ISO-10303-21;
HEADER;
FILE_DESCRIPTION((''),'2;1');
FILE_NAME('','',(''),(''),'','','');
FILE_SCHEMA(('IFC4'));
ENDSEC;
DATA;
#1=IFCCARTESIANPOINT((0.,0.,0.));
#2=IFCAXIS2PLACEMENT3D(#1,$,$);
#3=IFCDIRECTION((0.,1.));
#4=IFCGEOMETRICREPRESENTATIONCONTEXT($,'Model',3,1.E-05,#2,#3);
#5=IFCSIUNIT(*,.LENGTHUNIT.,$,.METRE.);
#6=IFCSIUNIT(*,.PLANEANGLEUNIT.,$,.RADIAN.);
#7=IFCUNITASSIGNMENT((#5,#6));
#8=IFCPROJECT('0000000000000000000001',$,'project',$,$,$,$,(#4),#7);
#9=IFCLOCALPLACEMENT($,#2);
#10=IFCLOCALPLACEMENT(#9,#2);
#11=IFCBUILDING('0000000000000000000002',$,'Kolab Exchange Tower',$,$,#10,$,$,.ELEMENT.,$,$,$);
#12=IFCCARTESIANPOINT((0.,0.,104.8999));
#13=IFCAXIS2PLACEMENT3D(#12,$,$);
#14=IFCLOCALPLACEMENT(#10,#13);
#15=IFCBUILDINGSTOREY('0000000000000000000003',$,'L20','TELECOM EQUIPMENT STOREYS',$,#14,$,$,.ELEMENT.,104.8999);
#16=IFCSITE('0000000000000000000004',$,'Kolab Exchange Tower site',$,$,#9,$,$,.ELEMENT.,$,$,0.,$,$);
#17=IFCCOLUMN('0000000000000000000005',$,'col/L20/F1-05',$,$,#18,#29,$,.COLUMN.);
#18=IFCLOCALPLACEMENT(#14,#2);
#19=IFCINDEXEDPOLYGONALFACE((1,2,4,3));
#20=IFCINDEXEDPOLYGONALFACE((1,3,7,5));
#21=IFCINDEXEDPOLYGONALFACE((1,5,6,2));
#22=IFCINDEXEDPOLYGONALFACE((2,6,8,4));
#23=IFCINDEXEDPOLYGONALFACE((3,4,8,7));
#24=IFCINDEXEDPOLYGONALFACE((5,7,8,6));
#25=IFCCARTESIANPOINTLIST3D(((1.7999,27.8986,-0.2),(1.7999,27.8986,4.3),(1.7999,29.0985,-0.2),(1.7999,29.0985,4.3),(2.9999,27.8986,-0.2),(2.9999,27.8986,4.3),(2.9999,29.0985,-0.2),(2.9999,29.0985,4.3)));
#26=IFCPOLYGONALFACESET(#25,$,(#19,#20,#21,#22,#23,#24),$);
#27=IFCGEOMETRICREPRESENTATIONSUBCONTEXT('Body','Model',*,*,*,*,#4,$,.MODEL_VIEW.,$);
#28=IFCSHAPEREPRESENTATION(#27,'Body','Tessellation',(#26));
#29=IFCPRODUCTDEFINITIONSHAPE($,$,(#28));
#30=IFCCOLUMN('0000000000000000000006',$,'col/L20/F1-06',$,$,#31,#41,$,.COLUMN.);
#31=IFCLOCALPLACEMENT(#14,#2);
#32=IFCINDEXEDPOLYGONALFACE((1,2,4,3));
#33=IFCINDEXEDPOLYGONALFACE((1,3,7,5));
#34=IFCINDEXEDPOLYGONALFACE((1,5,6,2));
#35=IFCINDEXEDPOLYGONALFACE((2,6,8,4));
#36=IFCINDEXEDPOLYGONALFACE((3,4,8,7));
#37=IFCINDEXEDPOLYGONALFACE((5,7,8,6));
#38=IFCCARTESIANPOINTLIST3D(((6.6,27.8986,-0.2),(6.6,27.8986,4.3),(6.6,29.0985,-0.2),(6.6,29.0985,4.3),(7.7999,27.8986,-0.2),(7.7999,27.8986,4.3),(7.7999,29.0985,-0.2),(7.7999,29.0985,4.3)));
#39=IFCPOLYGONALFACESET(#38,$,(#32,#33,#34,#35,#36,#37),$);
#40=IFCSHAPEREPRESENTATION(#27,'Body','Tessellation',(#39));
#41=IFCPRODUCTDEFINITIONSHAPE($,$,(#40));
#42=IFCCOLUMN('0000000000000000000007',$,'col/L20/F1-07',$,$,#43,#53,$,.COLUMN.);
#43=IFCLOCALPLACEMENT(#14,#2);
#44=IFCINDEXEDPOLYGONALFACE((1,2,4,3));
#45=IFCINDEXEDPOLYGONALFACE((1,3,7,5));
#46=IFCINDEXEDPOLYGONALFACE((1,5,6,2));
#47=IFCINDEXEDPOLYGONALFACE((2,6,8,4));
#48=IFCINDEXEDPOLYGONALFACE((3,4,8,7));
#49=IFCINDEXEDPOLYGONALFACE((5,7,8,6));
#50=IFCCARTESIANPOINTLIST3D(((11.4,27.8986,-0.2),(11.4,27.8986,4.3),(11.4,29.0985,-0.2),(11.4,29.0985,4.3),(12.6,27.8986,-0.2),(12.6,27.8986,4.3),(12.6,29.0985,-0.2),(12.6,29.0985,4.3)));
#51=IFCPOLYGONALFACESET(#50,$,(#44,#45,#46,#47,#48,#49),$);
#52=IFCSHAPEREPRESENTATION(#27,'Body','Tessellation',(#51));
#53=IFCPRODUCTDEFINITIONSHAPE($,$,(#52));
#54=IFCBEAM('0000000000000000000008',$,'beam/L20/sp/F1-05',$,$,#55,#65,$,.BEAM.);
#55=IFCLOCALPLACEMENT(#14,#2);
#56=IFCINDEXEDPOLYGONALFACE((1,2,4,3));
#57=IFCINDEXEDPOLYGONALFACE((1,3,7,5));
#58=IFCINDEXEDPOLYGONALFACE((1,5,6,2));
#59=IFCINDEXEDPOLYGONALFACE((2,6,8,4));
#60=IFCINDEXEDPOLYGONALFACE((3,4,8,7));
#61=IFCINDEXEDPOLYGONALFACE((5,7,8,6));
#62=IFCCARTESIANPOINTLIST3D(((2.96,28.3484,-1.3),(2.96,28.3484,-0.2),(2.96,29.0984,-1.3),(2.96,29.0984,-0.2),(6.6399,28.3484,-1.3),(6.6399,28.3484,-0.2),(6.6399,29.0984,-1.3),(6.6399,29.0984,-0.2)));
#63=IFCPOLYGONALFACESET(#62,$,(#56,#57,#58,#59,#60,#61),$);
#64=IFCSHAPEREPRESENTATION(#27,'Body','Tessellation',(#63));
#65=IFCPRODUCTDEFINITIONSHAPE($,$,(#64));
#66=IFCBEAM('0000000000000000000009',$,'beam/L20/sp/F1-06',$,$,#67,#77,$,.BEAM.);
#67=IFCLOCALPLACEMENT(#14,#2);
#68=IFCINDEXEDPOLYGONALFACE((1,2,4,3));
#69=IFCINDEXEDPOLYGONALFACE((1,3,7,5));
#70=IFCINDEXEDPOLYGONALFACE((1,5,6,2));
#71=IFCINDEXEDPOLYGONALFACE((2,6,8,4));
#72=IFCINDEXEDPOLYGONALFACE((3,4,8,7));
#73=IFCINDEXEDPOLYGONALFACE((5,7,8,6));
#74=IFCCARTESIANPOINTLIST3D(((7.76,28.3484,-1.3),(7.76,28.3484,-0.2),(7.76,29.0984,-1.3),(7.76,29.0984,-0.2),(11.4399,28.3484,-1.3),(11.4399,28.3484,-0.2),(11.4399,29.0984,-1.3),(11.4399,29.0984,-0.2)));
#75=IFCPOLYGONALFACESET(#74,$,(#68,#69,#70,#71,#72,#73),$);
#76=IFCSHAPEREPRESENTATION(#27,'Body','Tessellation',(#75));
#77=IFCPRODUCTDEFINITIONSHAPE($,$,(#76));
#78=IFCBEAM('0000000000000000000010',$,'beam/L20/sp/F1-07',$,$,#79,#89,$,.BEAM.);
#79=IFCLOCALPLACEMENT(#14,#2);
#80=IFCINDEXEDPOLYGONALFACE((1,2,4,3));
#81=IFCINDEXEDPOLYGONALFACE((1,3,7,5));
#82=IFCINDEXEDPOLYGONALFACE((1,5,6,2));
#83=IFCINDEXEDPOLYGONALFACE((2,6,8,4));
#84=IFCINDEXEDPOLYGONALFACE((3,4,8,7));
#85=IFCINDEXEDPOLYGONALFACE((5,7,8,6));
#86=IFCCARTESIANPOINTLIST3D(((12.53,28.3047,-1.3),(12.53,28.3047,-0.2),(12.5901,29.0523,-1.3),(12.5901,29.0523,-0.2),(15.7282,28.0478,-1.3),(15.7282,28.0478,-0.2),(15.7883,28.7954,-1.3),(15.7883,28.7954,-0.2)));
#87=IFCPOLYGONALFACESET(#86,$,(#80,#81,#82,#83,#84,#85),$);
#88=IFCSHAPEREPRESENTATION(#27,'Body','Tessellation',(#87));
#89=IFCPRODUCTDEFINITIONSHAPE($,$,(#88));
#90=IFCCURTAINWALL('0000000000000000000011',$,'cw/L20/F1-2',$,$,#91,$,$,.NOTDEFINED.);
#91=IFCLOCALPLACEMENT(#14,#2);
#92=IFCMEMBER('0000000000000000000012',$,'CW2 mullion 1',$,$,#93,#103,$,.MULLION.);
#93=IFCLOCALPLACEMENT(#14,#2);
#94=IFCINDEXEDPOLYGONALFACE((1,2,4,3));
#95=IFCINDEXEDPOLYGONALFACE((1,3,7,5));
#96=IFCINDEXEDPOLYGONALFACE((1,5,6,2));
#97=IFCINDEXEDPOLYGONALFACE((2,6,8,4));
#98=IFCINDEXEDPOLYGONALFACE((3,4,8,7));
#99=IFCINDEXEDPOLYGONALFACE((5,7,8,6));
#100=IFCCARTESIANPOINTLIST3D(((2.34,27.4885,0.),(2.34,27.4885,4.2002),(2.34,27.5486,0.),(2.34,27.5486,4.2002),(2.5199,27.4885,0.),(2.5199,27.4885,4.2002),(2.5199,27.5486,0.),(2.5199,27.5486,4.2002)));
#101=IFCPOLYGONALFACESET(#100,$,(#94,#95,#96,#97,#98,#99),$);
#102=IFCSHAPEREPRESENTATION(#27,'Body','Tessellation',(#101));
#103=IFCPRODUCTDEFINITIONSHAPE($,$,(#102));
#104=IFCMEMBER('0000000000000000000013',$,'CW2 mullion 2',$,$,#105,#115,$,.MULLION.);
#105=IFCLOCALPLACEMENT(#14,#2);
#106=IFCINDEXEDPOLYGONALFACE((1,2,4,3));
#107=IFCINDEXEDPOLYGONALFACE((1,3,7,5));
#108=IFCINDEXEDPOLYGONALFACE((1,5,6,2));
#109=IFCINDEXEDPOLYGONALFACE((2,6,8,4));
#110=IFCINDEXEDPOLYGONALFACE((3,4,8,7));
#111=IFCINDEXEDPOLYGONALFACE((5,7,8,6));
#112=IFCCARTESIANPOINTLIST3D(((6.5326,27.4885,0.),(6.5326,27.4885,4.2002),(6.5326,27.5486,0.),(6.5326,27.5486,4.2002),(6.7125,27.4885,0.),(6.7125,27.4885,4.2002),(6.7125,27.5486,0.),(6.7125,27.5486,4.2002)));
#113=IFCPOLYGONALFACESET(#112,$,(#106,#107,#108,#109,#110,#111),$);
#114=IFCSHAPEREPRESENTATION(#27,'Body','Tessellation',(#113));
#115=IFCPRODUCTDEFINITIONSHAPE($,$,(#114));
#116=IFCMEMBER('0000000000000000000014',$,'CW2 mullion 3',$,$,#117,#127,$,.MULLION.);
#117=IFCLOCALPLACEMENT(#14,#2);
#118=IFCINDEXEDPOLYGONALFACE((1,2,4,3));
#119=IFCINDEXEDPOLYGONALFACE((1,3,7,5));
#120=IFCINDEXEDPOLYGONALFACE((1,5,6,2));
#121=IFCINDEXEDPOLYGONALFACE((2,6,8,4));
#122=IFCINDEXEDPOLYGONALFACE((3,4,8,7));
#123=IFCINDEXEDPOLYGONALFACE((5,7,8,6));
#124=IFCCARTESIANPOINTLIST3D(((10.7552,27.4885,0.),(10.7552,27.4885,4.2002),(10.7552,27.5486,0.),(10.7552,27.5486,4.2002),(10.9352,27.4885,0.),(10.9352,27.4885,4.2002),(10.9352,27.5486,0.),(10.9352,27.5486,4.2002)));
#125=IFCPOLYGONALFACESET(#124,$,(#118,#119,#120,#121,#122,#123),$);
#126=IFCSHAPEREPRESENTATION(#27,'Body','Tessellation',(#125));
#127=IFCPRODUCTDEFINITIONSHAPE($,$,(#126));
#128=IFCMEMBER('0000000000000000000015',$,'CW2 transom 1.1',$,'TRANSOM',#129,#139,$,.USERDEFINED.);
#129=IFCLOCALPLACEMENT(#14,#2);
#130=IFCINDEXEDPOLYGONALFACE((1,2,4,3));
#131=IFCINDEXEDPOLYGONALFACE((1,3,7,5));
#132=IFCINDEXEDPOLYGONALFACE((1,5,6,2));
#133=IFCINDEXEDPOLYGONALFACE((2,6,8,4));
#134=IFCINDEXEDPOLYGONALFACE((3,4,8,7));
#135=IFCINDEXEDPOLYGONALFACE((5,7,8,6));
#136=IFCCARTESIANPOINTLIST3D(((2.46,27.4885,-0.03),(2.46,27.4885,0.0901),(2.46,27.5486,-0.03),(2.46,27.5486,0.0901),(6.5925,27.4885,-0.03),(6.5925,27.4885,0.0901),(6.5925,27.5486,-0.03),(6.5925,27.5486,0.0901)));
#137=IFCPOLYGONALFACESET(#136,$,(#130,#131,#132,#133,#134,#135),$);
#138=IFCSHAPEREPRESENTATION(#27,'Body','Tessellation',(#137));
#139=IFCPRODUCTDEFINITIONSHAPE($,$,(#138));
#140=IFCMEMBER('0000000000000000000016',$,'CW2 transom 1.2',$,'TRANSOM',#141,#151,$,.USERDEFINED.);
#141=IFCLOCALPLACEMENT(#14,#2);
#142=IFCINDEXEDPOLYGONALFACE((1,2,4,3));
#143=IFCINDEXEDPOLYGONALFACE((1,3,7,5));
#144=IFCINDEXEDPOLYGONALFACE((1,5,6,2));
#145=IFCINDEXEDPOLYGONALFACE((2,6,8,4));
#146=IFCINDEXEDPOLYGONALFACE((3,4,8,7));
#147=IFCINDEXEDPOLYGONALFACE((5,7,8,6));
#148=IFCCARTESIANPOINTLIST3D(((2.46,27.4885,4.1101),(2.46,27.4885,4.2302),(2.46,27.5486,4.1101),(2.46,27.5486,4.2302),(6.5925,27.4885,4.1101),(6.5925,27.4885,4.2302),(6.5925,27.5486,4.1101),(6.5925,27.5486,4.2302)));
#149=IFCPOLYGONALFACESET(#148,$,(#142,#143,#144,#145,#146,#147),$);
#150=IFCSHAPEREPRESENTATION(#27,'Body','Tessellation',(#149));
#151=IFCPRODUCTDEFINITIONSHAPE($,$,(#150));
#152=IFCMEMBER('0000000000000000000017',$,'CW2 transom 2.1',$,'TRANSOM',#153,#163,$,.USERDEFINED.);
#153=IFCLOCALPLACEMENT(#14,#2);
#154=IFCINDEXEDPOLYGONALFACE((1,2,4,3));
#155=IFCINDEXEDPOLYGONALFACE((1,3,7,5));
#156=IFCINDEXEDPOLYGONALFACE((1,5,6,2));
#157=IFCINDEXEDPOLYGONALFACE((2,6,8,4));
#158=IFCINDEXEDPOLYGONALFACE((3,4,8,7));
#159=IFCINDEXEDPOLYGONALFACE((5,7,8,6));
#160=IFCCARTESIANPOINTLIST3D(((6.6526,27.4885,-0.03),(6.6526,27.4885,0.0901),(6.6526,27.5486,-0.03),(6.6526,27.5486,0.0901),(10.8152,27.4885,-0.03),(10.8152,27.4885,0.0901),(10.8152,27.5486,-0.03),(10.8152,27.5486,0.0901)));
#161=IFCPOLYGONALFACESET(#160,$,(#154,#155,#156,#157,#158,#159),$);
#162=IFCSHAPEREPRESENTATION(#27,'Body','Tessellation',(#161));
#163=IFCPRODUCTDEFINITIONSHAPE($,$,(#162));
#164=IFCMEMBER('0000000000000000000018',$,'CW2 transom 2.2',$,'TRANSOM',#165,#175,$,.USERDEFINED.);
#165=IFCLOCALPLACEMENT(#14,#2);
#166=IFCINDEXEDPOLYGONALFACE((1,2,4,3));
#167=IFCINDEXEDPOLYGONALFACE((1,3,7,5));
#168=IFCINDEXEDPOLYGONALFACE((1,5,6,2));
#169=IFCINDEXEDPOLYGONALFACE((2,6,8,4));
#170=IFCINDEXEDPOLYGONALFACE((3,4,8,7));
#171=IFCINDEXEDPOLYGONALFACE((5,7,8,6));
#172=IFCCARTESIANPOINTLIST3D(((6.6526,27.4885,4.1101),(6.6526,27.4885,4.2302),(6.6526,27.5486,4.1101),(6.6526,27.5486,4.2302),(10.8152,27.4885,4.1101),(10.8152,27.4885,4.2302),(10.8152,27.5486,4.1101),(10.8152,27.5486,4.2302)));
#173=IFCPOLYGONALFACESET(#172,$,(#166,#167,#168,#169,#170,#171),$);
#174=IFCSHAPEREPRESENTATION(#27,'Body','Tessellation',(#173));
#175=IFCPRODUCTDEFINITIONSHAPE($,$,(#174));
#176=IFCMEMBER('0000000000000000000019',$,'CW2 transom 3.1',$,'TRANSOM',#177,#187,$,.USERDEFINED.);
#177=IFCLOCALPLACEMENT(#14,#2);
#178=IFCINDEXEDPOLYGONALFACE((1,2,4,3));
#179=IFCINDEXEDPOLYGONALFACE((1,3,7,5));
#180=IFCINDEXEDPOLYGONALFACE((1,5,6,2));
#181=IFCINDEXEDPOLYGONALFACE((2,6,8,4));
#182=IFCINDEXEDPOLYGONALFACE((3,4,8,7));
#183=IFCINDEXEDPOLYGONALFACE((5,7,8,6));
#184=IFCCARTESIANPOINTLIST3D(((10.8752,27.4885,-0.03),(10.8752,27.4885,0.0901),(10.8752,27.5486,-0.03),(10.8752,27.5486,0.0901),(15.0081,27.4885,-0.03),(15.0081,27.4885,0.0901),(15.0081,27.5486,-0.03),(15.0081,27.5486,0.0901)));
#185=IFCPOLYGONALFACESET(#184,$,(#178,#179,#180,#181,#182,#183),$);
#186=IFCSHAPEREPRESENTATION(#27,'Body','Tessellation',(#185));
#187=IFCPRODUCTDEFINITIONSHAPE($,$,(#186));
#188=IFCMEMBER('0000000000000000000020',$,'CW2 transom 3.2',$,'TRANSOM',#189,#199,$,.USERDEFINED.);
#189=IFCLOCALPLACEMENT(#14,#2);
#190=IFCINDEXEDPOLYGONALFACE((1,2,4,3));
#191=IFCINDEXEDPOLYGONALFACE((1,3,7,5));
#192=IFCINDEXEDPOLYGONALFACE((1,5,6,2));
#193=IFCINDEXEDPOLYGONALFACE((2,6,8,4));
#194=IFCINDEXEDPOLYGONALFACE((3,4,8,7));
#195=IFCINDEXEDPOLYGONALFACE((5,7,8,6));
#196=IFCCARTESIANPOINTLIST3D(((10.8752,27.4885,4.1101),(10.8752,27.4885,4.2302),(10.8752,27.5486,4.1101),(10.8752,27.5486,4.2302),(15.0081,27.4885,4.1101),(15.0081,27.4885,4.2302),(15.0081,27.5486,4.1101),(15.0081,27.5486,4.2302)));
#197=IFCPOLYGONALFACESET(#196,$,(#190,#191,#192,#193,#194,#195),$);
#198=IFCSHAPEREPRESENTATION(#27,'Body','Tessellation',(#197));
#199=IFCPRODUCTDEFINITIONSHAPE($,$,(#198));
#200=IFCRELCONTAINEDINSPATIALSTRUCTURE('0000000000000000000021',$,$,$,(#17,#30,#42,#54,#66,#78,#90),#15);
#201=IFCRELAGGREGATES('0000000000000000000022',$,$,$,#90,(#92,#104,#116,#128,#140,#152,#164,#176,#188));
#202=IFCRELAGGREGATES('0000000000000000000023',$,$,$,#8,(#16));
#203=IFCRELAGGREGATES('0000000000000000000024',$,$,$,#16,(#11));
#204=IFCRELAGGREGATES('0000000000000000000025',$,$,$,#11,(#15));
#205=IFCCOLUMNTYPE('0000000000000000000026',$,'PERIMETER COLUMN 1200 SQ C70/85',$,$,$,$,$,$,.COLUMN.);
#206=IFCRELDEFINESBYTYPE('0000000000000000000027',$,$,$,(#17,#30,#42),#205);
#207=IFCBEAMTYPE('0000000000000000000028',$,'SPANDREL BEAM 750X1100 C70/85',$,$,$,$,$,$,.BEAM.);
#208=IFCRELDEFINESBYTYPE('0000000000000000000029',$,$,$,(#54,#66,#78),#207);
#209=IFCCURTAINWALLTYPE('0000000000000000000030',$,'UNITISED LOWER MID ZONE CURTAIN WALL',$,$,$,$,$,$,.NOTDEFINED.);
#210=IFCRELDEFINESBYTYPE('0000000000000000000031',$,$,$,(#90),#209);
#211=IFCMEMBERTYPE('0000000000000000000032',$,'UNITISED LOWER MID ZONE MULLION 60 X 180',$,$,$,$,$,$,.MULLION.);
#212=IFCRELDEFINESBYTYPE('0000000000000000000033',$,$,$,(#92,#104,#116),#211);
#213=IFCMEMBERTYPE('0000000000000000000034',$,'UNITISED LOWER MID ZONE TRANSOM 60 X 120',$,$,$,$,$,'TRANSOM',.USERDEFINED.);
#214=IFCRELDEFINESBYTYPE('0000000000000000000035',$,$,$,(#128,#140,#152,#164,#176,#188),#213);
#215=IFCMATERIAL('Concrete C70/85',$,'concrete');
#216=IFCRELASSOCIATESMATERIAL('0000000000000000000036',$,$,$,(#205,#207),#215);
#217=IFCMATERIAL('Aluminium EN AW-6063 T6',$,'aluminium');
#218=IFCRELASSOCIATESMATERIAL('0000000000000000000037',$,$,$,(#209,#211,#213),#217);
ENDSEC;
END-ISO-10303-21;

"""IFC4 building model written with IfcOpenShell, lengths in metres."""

from ifc_helpers import new_model, si_unit, direction, frame, origin, origin_2d, place, context, subcontext, project, spatial, rectangle, extrude, material, material_profile, profile_set, type_object, element, aggregate, save


model = new_model("IFC4")

# Units and contexts
model_context = context("Model", 3, precision=1e-05, world=origin(), true_north=direction((0.0, 1.0)))
body_context = subcontext(model_context, "Body", "Model", "MODEL_VIEW")
ifc_project = project(units=[si_unit("LENGTHUNIT", "METRE"), si_unit("PLANEANGLEUNIT", "RADIAN")], contexts=[model_context])

# Site, building, storey
site_placement = place(None, origin())
site = spatial("IfcSite", under=ifc_project, at=site_placement, Name="Kolab Exchange Tower site", CompositionType="ELEMENT", RefElevation=0.0)
building_placement = place(site_placement, origin())
building = spatial("IfcBuilding", under=site, at=building_placement, Name="Kolab Exchange Tower", CompositionType="ELEMENT")
storey_placement = place(building_placement, frame((0.0, 0.0, 104.8999)))
storey = spatial("IfcBuildingStorey", under=building, at=storey_placement, Name="L20", Description="TELECOM EQUIPMENT STOREYS", CompositionType="ELEMENT", Elevation=104.8999)

# Columns
ifc_material_1 = material(Name="Concrete C70/85", Category="concrete")
ifc_material_profile_1 = material_profile(ifc_material_1, rectangle(XDim=1.2, YDim=1.2, at=origin_2d()), Name="RC1200")
ifc_profile_set_1 = profile_set([ifc_material_profile_1], Name="Concrete C70/85")
column_type = type_object("IfcColumnType", Name="PERIMETER COLUMN 1200 SQ C70/85", PredefinedType="COLUMN", material=ifc_profile_set_1)
for number, where, z_axis, x_axis, name in (
    (1, (2.3999, 28.4985, -0.2), (0.0, 0.0, 1.0), (1.0, 0.0, 0.0), "col/L20/F1-05"),
    (2, (7.2, 28.4985, -0.2), (0.0, 0.0, 1.0), (1.0, 0.0, 0.0), "col/L20/F1-06"),
    (3, (12.0, 28.4985, -0.2), (0.0, 0.0, 1.0), (1.0, 0.0, 0.0), "col/L20/F1-07"),
):
    element("IfcColumn", number, at=place(storey_placement, frame(where, z_axis=z_axis, x_axis=x_axis)), inside=storey, type_object=column_type, Name=name, PredefinedType="COLUMN", context=body_context, shape_type="SweptSolid", body=[
        extrude(rectangle(XDim=1.2, YDim=1.2, at=origin_2d()), origin(), (0.0, 0.0, 1.0), 4.5),
    ])

# Beams
ifc_material_profile_2 = material_profile(ifc_material_1, rectangle(XDim=0.75, YDim=1.1001, at=origin_2d()), Name="RC750X1100")
ifc_profile_set_2 = profile_set([ifc_material_profile_2], Name="Concrete C70/85")
beam_type = type_object("IfcBeamType", Name="SPANDREL BEAM 750X1100 C70/85", PredefinedType="BEAM", material=ifc_profile_set_2)
for number, where, z_axis, x_axis, name in (
    (4, (2.96, 28.7234, -0.75), (1.0, 0.0, 0.0), (0.0, 1.0, 0.0), "beam/L20/sp/F1-05"),
    (5, (7.76, 28.7234, -0.75), (1.0, 0.0, 0.0), (0.0, 1.0, 0.0), "beam/L20/sp/F1-06"),
):
    element("IfcBeam", number, at=place(storey_placement, frame(where, z_axis=z_axis, x_axis=x_axis)), inside=storey, type_object=beam_type, Name=name, PredefinedType="BEAM", context=body_context, shape_type="SweptSolid", body=[
        extrude(rectangle(XDim=0.75, YDim=1.1001, at=origin_2d()), origin(), (0.0, 0.0, 1.0), 3.6799),
    ])
beam_placement = place(storey_placement, frame((12.5601, 28.6785, -0.75), z_axis=(0.996791, -0.080048, 0.0), x_axis=(0.080048, 0.996791, 0.0)))
element("IfcBeam", 6, at=beam_placement, inside=storey, type_object=beam_type, Name="beam/L20/sp/F1-07", PredefinedType="BEAM", context=body_context, shape_type="SweptSolid", body=[
    extrude(rectangle(XDim=0.75, YDim=1.1001, at=origin_2d()), origin(), (0.0, 0.0, 1.0), 3.2085),
])

# Curtain wall, members
ifc_material_2 = material(Name="Aluminium EN AW-6063 T6", Category="aluminium")
curtain_wall_type = type_object("IfcCurtainWallType", Name="UNITISED LOWER MID ZONE CURTAIN WALL", PredefinedType="NOTDEFINED", material=ifc_material_2)
curtain_wall_placement = place(storey_placement, origin())
curtain_wall = element("IfcCurtainWall", 7, at=curtain_wall_placement, inside=storey, type_object=curtain_wall_type, Name="cw/L20/F1-2", PredefinedType="NOTDEFINED")
ifc_material_profile_3 = material_profile(ifc_material_2, rectangle(XDim=0.0601, YDim=0.1799, at=origin_2d()), Name="RECT 60X180")
ifc_profile_set_3 = profile_set([ifc_material_profile_3], Name="Aluminium EN AW-6063 T6")
member_type_1 = type_object("IfcMemberType", Name="UNITISED LOWER MID ZONE MULLION 60 X 180", PredefinedType="MULLION", material=ifc_profile_set_3)
member_1_placement = place(storey_placement, frame((2.4299, 27.5186, 0.0), z_axis=(0.0, 0.0, 1.0), x_axis=(0.0, 1.0, 0.0)))
member_1 = element("IfcMember", 8, at=member_1_placement, type_object=member_type_1, Name="CW2 mullion 1", PredefinedType="MULLION", context=body_context, shape_type="SweptSolid", body=[
    extrude(rectangle(XDim=0.0601, YDim=0.1799, at=origin_2d()), origin(), (0.0, 0.0, 1.0), 4.2002),
])
member_2_placement = place(storey_placement, frame((6.6226, 27.5186, 0.0), z_axis=(0.0, 0.0, 1.0), x_axis=(0.0, 1.0, 0.0)))
member_2 = element("IfcMember", 9, at=member_2_placement, type_object=member_type_1, Name="CW2 mullion 2", PredefinedType="MULLION", context=body_context, shape_type="SweptSolid", body=[
    extrude(rectangle(XDim=0.0601, YDim=0.1799, at=origin_2d()), origin(), (0.0, 0.0, 1.0), 4.2002),
])
member_3_placement = place(storey_placement, frame((10.8452, 27.5186, 0.0), z_axis=(0.0, 0.0, 1.0), x_axis=(0.0, 1.0, 0.0)))
member_3 = element("IfcMember", 10, at=member_3_placement, type_object=member_type_1, Name="CW2 mullion 3", PredefinedType="MULLION", context=body_context, shape_type="SweptSolid", body=[
    extrude(rectangle(XDim=0.0601, YDim=0.1799, at=origin_2d()), origin(), (0.0, 0.0, 1.0), 4.2002),
])
ifc_material_profile_4 = material_profile(ifc_material_2, rectangle(XDim=0.0601, YDim=0.1201, at=origin_2d()), Name="RECT 60X120")
ifc_profile_set_4 = profile_set([ifc_material_profile_4], Name="Aluminium EN AW-6063 T6")
member_type_2 = type_object("IfcMemberType", Name="UNITISED LOWER MID ZONE TRANSOM 60 X 120", ElementType="TRANSOM", PredefinedType="USERDEFINED", material=ifc_profile_set_4)
member_4_placement = place(storey_placement, frame((2.46, 27.5186, 0.03), z_axis=(1.0, 0.0, 0.0), x_axis=(0.0, 1.0, 0.0)))
member_4 = element("IfcMember", 11, at=member_4_placement, type_object=member_type_2, Name="CW2 transom 1.1", ObjectType="TRANSOM", PredefinedType="USERDEFINED", context=body_context, shape_type="SweptSolid", body=[
    extrude(rectangle(XDim=0.0601, YDim=0.1201, at=origin_2d()), origin(), (0.0, 0.0, 1.0), 4.1326),
])
member_5_placement = place(storey_placement, frame((2.46, 27.5186, 4.1702), z_axis=(1.0, 0.0, 0.0), x_axis=(0.0, 1.0, 0.0)))
member_5 = element("IfcMember", 12, at=member_5_placement, type_object=member_type_2, Name="CW2 transom 1.2", ObjectType="TRANSOM", PredefinedType="USERDEFINED", context=body_context, shape_type="SweptSolid", body=[
    extrude(rectangle(XDim=0.0601, YDim=0.1201, at=origin_2d()), origin(), (0.0, 0.0, 1.0), 4.1326),
])
member_6_placement = place(storey_placement, frame((6.6526, 27.5186, 0.03), z_axis=(1.0, 0.0, 0.0), x_axis=(0.0, 1.0, 0.0)))
member_6 = element("IfcMember", 13, at=member_6_placement, type_object=member_type_2, Name="CW2 transom 2.1", ObjectType="TRANSOM", PredefinedType="USERDEFINED", context=body_context, shape_type="SweptSolid", body=[
    extrude(rectangle(XDim=0.0601, YDim=0.1201, at=origin_2d()), origin(), (0.0, 0.0, 1.0), 4.1626),
])
member_7_placement = place(storey_placement, frame((6.6526, 27.5186, 4.1702), z_axis=(1.0, 0.0, 0.0), x_axis=(0.0, 1.0, 0.0)))
member_7 = element("IfcMember", 14, at=member_7_placement, type_object=member_type_2, Name="CW2 transom 2.2", ObjectType="TRANSOM", PredefinedType="USERDEFINED", context=body_context, shape_type="SweptSolid", body=[
    extrude(rectangle(XDim=0.0601, YDim=0.1201, at=origin_2d()), origin(), (0.0, 0.0, 1.0), 4.1626),
])
member_8_placement = place(storey_placement, frame((10.8752, 27.5186, 0.03), z_axis=(1.0, 0.0, 0.0), x_axis=(0.0, 1.0, 0.0)))
member_8 = element("IfcMember", 15, at=member_8_placement, type_object=member_type_2, Name="CW2 transom 3.1", ObjectType="TRANSOM", PredefinedType="USERDEFINED", context=body_context, shape_type="SweptSolid", body=[
    extrude(rectangle(XDim=0.0601, YDim=0.1201, at=origin_2d()), origin(), (0.0, 0.0, 1.0), 4.1328),
])
member_9_placement = place(storey_placement, frame((10.8752, 27.5186, 4.1702), z_axis=(1.0, 0.0, 0.0), x_axis=(0.0, 1.0, 0.0)))
member_9 = element("IfcMember", 16, at=member_9_placement, type_object=member_type_2, Name="CW2 transom 3.2", ObjectType="TRANSOM", PredefinedType="USERDEFINED", context=body_context, shape_type="SweptSolid", body=[
    extrude(rectangle(XDim=0.0601, YDim=0.1201, at=origin_2d()), origin(), (0.0, 0.0, 1.0), 4.1328),
])
aggregate(curtain_wall, [member_1, member_2, member_3, member_4, member_5, member_6, member_7, member_8, member_9])

save(model, "model.ifc")
